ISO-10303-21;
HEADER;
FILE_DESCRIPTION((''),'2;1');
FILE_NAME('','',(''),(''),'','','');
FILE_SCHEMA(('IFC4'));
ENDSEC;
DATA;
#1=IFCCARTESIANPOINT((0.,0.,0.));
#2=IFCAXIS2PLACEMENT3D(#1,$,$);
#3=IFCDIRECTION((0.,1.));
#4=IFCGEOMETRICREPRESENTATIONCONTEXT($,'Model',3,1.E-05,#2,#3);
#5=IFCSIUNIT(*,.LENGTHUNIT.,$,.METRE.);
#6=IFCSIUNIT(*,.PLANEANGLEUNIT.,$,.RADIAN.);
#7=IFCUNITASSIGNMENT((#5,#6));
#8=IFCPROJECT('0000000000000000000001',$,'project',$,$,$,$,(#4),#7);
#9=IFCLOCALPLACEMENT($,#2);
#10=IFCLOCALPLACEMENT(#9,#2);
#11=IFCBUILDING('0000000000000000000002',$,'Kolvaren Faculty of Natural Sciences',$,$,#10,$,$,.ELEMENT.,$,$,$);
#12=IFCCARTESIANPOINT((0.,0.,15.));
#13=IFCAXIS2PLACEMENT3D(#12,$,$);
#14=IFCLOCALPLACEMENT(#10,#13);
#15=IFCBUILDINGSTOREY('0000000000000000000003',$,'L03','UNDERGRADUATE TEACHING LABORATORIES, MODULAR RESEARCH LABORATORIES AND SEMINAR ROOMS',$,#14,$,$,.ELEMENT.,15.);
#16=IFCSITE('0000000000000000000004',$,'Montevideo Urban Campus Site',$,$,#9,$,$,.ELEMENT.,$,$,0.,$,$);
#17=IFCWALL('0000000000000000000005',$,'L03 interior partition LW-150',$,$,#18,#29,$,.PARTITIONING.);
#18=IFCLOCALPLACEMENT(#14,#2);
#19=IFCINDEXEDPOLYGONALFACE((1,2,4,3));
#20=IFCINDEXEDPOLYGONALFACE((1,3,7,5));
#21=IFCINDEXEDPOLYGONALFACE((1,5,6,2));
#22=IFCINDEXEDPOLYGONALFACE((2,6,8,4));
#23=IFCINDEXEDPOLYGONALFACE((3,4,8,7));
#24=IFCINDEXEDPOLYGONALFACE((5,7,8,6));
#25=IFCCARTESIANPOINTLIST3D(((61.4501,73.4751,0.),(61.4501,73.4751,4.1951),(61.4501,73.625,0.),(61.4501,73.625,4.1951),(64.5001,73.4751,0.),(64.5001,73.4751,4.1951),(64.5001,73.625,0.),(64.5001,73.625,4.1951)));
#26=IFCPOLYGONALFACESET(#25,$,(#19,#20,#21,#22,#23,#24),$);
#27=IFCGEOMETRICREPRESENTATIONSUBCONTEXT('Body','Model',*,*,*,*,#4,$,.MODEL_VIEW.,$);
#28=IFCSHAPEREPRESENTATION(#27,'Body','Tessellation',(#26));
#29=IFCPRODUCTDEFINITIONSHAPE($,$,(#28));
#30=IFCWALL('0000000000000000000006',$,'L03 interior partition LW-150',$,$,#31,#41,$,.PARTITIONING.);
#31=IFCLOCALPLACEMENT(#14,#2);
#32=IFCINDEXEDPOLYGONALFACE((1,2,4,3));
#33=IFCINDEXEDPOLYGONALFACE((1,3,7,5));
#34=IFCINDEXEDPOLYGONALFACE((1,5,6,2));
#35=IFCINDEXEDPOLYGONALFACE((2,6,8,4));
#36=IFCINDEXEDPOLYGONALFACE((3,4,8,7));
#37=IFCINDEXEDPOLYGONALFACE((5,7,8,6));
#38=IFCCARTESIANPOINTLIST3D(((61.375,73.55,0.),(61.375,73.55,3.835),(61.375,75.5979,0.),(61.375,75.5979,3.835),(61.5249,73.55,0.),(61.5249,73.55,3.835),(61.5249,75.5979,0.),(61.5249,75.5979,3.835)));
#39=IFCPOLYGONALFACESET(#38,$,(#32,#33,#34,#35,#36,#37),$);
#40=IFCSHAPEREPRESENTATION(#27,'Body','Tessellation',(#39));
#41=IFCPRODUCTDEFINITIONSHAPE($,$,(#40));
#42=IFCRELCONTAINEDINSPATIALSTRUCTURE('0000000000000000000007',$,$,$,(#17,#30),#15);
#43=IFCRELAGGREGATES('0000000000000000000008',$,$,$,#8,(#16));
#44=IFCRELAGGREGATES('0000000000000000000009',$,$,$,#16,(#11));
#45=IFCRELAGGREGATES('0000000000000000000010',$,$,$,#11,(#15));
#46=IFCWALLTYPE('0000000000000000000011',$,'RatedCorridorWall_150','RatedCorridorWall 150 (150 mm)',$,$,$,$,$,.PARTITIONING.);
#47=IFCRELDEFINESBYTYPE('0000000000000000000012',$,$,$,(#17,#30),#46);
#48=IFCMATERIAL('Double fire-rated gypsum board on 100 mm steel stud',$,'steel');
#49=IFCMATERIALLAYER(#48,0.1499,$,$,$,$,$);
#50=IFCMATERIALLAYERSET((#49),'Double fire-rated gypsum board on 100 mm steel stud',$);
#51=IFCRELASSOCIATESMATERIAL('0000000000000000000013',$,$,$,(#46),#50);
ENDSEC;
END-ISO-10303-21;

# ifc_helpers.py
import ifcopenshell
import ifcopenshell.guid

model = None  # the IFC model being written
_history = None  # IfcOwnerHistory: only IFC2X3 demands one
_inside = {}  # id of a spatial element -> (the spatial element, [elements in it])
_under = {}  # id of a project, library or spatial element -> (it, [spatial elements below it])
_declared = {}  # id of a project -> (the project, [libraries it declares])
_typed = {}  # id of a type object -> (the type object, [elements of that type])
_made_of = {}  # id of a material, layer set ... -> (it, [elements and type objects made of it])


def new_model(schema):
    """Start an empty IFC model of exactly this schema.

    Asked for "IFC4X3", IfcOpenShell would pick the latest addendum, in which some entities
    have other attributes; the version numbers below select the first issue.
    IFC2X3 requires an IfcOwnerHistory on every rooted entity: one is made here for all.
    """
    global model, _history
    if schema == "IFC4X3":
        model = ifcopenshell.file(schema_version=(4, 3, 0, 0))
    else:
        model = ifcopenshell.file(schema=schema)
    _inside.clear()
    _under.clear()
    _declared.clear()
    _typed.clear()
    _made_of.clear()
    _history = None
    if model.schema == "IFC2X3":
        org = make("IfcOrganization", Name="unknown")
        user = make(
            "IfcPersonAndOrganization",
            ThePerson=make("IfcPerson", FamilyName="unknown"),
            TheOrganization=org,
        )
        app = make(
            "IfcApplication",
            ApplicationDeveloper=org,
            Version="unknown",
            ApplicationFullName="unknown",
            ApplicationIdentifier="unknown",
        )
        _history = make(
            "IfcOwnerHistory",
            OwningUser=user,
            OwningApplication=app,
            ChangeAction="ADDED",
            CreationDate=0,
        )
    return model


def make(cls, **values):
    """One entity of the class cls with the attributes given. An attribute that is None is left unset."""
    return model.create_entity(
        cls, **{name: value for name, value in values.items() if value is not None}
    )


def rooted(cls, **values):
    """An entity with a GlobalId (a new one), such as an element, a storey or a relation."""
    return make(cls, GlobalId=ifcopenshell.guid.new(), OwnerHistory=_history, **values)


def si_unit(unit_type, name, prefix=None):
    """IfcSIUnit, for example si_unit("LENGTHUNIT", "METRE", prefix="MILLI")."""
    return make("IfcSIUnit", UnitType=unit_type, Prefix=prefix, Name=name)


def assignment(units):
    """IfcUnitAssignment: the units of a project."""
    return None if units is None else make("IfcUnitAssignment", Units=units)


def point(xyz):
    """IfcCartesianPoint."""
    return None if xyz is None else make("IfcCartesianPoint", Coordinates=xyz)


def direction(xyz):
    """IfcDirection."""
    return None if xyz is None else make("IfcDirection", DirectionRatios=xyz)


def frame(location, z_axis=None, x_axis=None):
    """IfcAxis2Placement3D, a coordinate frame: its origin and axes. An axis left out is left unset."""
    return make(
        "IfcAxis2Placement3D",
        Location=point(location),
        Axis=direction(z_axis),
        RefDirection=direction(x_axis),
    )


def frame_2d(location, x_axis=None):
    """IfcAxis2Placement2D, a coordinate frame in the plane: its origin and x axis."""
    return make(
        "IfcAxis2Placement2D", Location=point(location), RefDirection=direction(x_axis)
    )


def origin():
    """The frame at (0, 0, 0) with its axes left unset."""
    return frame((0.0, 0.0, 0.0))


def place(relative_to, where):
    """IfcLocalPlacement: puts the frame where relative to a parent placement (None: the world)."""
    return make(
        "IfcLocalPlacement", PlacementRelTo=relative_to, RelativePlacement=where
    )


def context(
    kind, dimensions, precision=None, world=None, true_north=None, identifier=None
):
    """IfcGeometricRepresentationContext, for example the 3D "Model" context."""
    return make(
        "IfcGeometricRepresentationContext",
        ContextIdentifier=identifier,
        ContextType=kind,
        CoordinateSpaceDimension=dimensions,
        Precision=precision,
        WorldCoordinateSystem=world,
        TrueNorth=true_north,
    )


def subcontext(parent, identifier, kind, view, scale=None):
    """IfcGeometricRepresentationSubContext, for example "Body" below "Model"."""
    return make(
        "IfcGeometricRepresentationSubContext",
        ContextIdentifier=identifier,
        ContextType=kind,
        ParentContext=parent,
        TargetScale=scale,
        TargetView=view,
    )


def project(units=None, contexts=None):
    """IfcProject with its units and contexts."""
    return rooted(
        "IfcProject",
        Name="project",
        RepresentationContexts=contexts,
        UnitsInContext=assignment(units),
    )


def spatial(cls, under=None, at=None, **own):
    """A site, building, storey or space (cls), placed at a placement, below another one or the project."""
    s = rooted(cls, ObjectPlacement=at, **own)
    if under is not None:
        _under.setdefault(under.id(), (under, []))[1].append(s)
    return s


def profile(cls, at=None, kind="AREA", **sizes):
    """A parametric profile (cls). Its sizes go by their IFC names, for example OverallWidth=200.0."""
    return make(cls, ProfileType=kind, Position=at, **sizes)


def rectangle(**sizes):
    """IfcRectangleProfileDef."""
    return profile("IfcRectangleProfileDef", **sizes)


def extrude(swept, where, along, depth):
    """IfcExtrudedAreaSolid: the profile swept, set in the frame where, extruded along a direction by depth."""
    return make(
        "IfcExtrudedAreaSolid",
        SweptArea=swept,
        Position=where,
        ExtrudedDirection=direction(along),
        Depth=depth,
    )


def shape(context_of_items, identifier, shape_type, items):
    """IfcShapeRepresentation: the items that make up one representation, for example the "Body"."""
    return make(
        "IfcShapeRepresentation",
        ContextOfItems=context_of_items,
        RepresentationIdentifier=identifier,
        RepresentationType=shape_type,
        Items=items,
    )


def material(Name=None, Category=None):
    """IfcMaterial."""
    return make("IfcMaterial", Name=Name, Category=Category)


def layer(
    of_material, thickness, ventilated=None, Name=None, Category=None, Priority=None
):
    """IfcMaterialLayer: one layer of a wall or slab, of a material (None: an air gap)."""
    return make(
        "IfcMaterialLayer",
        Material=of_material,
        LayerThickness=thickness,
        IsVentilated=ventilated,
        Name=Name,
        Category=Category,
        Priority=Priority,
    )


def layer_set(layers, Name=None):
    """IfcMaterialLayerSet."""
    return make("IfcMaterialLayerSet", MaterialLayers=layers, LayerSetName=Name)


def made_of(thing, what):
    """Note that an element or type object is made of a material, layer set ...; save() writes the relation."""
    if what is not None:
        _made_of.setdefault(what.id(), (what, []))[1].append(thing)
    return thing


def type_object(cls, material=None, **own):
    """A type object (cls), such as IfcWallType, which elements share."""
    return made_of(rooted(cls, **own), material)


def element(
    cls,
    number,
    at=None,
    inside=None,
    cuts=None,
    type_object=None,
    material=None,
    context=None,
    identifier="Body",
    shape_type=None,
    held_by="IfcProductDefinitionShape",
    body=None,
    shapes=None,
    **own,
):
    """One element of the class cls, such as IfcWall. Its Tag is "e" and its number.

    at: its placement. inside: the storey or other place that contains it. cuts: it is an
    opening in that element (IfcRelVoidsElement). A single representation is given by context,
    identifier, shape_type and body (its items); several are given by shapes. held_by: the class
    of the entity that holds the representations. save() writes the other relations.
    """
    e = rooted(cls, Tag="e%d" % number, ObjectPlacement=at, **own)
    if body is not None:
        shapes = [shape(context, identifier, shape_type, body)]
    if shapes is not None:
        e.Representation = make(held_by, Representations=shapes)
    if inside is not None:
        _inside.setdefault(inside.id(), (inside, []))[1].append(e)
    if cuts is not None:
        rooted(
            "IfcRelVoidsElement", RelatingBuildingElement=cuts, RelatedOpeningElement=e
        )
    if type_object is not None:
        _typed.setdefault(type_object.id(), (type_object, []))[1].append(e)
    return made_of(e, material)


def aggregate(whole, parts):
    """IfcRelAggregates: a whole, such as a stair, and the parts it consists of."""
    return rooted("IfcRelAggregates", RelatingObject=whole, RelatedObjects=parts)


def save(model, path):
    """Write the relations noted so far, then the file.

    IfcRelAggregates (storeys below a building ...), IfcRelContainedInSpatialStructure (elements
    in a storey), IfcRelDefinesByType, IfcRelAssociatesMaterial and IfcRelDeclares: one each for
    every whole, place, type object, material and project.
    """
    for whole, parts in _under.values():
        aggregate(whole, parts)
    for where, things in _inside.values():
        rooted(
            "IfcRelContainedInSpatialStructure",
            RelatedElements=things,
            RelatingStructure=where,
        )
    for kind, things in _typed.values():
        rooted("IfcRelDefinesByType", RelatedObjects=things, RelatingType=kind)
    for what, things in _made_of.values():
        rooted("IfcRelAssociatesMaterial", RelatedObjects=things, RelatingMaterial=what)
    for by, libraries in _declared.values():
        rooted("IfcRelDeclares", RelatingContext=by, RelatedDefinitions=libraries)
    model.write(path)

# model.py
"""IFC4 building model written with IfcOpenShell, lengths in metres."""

from ifc_helpers import new_model, si_unit, direction, frame, frame_2d, origin, place, context, subcontext, project, spatial, rectangle, extrude, material, layer, layer_set, type_object, element, save


model = new_model("IFC4")

# Units and contexts
model_context = context("Model", 3, precision=1e-05, world=origin(), true_north=direction((0.0, 1.0)))
body_context = subcontext(model_context, "Body", "Model", "MODEL_VIEW")
ifc_project = project(units=[si_unit("LENGTHUNIT", "METRE"), si_unit("PLANEANGLEUNIT", "RADIAN")], contexts=[model_context])

# Site, building, storey
site_placement = place(None, origin())
site = spatial("IfcSite", under=ifc_project, at=site_placement, Name="Montevideo Urban Campus Site", CompositionType="ELEMENT", RefElevation=0.0)
building_placement = place(site_placement, origin())
building = spatial("IfcBuilding", under=site, at=building_placement, Name="Kolvaren Faculty of Natural Sciences", CompositionType="ELEMENT")
storey_placement = place(building_placement, frame((0.0, 0.0, 15.0)))
storey = spatial("IfcBuildingStorey", under=building, at=storey_placement, Name="L03", Description="UNDERGRADUATE TEACHING LABORATORIES, MODULAR RESEARCH LABORATORIES AND SEMINAR ROOMS", CompositionType="ELEMENT", Elevation=15.0)

# Shared definitions
ifc_material_1 = material(Name="Double fire-rated gypsum board on 100 mm steel stud", Category="steel")
ifc_layer_1 = layer(ifc_material_1, 0.1499)
ifc_layer_set_1 = layer_set([ifc_layer_1], Name="Double fire-rated gypsum board on 100 mm steel stud")
wall_type_1 = type_object("IfcWallType", Name="RatedCorridorWall_150", Description="RatedCorridorWall 150 (150 mm)", PredefinedType="PARTITIONING", material=ifc_layer_set_1)

# Walls
wall_1_placement = place(storey_placement, frame((64.5, 73.55, 0.0), z_axis=(0.0, 0.0, 1.0), x_axis=(-1.0, 0.0, 0.0)))
element("IfcWall", 1, at=wall_1_placement, inside=storey, type_object=wall_type_1, Name="L03 interior partition LW-150", PredefinedType="PARTITIONING", context=body_context, shape_type="SweptSolid", body=[
    extrude(rectangle(XDim=3.05, YDim=0.1499, at=frame_2d((1.5249, 0.0))), origin(), (0.0, 0.0, 1.0), 4.1951),
])
wall_2_placement = place(storey_placement, frame((61.45, 73.55, 0.0), z_axis=(0.0, 0.0, 1.0), x_axis=(0.0, 1.0, 0.0)))
element("IfcWall", 2, at=wall_2_placement, inside=storey, type_object=wall_type_1, Name="L03 interior partition LW-150", PredefinedType="PARTITIONING", context=body_context, shape_type="SweptSolid", body=[
    extrude(rectangle(XDim=2.0479, YDim=0.1499, at=frame_2d((1.0239, 0.0))), origin(), (0.0, 0.0, 1.0), 3.835),
])

save(model, "model.ifc")
